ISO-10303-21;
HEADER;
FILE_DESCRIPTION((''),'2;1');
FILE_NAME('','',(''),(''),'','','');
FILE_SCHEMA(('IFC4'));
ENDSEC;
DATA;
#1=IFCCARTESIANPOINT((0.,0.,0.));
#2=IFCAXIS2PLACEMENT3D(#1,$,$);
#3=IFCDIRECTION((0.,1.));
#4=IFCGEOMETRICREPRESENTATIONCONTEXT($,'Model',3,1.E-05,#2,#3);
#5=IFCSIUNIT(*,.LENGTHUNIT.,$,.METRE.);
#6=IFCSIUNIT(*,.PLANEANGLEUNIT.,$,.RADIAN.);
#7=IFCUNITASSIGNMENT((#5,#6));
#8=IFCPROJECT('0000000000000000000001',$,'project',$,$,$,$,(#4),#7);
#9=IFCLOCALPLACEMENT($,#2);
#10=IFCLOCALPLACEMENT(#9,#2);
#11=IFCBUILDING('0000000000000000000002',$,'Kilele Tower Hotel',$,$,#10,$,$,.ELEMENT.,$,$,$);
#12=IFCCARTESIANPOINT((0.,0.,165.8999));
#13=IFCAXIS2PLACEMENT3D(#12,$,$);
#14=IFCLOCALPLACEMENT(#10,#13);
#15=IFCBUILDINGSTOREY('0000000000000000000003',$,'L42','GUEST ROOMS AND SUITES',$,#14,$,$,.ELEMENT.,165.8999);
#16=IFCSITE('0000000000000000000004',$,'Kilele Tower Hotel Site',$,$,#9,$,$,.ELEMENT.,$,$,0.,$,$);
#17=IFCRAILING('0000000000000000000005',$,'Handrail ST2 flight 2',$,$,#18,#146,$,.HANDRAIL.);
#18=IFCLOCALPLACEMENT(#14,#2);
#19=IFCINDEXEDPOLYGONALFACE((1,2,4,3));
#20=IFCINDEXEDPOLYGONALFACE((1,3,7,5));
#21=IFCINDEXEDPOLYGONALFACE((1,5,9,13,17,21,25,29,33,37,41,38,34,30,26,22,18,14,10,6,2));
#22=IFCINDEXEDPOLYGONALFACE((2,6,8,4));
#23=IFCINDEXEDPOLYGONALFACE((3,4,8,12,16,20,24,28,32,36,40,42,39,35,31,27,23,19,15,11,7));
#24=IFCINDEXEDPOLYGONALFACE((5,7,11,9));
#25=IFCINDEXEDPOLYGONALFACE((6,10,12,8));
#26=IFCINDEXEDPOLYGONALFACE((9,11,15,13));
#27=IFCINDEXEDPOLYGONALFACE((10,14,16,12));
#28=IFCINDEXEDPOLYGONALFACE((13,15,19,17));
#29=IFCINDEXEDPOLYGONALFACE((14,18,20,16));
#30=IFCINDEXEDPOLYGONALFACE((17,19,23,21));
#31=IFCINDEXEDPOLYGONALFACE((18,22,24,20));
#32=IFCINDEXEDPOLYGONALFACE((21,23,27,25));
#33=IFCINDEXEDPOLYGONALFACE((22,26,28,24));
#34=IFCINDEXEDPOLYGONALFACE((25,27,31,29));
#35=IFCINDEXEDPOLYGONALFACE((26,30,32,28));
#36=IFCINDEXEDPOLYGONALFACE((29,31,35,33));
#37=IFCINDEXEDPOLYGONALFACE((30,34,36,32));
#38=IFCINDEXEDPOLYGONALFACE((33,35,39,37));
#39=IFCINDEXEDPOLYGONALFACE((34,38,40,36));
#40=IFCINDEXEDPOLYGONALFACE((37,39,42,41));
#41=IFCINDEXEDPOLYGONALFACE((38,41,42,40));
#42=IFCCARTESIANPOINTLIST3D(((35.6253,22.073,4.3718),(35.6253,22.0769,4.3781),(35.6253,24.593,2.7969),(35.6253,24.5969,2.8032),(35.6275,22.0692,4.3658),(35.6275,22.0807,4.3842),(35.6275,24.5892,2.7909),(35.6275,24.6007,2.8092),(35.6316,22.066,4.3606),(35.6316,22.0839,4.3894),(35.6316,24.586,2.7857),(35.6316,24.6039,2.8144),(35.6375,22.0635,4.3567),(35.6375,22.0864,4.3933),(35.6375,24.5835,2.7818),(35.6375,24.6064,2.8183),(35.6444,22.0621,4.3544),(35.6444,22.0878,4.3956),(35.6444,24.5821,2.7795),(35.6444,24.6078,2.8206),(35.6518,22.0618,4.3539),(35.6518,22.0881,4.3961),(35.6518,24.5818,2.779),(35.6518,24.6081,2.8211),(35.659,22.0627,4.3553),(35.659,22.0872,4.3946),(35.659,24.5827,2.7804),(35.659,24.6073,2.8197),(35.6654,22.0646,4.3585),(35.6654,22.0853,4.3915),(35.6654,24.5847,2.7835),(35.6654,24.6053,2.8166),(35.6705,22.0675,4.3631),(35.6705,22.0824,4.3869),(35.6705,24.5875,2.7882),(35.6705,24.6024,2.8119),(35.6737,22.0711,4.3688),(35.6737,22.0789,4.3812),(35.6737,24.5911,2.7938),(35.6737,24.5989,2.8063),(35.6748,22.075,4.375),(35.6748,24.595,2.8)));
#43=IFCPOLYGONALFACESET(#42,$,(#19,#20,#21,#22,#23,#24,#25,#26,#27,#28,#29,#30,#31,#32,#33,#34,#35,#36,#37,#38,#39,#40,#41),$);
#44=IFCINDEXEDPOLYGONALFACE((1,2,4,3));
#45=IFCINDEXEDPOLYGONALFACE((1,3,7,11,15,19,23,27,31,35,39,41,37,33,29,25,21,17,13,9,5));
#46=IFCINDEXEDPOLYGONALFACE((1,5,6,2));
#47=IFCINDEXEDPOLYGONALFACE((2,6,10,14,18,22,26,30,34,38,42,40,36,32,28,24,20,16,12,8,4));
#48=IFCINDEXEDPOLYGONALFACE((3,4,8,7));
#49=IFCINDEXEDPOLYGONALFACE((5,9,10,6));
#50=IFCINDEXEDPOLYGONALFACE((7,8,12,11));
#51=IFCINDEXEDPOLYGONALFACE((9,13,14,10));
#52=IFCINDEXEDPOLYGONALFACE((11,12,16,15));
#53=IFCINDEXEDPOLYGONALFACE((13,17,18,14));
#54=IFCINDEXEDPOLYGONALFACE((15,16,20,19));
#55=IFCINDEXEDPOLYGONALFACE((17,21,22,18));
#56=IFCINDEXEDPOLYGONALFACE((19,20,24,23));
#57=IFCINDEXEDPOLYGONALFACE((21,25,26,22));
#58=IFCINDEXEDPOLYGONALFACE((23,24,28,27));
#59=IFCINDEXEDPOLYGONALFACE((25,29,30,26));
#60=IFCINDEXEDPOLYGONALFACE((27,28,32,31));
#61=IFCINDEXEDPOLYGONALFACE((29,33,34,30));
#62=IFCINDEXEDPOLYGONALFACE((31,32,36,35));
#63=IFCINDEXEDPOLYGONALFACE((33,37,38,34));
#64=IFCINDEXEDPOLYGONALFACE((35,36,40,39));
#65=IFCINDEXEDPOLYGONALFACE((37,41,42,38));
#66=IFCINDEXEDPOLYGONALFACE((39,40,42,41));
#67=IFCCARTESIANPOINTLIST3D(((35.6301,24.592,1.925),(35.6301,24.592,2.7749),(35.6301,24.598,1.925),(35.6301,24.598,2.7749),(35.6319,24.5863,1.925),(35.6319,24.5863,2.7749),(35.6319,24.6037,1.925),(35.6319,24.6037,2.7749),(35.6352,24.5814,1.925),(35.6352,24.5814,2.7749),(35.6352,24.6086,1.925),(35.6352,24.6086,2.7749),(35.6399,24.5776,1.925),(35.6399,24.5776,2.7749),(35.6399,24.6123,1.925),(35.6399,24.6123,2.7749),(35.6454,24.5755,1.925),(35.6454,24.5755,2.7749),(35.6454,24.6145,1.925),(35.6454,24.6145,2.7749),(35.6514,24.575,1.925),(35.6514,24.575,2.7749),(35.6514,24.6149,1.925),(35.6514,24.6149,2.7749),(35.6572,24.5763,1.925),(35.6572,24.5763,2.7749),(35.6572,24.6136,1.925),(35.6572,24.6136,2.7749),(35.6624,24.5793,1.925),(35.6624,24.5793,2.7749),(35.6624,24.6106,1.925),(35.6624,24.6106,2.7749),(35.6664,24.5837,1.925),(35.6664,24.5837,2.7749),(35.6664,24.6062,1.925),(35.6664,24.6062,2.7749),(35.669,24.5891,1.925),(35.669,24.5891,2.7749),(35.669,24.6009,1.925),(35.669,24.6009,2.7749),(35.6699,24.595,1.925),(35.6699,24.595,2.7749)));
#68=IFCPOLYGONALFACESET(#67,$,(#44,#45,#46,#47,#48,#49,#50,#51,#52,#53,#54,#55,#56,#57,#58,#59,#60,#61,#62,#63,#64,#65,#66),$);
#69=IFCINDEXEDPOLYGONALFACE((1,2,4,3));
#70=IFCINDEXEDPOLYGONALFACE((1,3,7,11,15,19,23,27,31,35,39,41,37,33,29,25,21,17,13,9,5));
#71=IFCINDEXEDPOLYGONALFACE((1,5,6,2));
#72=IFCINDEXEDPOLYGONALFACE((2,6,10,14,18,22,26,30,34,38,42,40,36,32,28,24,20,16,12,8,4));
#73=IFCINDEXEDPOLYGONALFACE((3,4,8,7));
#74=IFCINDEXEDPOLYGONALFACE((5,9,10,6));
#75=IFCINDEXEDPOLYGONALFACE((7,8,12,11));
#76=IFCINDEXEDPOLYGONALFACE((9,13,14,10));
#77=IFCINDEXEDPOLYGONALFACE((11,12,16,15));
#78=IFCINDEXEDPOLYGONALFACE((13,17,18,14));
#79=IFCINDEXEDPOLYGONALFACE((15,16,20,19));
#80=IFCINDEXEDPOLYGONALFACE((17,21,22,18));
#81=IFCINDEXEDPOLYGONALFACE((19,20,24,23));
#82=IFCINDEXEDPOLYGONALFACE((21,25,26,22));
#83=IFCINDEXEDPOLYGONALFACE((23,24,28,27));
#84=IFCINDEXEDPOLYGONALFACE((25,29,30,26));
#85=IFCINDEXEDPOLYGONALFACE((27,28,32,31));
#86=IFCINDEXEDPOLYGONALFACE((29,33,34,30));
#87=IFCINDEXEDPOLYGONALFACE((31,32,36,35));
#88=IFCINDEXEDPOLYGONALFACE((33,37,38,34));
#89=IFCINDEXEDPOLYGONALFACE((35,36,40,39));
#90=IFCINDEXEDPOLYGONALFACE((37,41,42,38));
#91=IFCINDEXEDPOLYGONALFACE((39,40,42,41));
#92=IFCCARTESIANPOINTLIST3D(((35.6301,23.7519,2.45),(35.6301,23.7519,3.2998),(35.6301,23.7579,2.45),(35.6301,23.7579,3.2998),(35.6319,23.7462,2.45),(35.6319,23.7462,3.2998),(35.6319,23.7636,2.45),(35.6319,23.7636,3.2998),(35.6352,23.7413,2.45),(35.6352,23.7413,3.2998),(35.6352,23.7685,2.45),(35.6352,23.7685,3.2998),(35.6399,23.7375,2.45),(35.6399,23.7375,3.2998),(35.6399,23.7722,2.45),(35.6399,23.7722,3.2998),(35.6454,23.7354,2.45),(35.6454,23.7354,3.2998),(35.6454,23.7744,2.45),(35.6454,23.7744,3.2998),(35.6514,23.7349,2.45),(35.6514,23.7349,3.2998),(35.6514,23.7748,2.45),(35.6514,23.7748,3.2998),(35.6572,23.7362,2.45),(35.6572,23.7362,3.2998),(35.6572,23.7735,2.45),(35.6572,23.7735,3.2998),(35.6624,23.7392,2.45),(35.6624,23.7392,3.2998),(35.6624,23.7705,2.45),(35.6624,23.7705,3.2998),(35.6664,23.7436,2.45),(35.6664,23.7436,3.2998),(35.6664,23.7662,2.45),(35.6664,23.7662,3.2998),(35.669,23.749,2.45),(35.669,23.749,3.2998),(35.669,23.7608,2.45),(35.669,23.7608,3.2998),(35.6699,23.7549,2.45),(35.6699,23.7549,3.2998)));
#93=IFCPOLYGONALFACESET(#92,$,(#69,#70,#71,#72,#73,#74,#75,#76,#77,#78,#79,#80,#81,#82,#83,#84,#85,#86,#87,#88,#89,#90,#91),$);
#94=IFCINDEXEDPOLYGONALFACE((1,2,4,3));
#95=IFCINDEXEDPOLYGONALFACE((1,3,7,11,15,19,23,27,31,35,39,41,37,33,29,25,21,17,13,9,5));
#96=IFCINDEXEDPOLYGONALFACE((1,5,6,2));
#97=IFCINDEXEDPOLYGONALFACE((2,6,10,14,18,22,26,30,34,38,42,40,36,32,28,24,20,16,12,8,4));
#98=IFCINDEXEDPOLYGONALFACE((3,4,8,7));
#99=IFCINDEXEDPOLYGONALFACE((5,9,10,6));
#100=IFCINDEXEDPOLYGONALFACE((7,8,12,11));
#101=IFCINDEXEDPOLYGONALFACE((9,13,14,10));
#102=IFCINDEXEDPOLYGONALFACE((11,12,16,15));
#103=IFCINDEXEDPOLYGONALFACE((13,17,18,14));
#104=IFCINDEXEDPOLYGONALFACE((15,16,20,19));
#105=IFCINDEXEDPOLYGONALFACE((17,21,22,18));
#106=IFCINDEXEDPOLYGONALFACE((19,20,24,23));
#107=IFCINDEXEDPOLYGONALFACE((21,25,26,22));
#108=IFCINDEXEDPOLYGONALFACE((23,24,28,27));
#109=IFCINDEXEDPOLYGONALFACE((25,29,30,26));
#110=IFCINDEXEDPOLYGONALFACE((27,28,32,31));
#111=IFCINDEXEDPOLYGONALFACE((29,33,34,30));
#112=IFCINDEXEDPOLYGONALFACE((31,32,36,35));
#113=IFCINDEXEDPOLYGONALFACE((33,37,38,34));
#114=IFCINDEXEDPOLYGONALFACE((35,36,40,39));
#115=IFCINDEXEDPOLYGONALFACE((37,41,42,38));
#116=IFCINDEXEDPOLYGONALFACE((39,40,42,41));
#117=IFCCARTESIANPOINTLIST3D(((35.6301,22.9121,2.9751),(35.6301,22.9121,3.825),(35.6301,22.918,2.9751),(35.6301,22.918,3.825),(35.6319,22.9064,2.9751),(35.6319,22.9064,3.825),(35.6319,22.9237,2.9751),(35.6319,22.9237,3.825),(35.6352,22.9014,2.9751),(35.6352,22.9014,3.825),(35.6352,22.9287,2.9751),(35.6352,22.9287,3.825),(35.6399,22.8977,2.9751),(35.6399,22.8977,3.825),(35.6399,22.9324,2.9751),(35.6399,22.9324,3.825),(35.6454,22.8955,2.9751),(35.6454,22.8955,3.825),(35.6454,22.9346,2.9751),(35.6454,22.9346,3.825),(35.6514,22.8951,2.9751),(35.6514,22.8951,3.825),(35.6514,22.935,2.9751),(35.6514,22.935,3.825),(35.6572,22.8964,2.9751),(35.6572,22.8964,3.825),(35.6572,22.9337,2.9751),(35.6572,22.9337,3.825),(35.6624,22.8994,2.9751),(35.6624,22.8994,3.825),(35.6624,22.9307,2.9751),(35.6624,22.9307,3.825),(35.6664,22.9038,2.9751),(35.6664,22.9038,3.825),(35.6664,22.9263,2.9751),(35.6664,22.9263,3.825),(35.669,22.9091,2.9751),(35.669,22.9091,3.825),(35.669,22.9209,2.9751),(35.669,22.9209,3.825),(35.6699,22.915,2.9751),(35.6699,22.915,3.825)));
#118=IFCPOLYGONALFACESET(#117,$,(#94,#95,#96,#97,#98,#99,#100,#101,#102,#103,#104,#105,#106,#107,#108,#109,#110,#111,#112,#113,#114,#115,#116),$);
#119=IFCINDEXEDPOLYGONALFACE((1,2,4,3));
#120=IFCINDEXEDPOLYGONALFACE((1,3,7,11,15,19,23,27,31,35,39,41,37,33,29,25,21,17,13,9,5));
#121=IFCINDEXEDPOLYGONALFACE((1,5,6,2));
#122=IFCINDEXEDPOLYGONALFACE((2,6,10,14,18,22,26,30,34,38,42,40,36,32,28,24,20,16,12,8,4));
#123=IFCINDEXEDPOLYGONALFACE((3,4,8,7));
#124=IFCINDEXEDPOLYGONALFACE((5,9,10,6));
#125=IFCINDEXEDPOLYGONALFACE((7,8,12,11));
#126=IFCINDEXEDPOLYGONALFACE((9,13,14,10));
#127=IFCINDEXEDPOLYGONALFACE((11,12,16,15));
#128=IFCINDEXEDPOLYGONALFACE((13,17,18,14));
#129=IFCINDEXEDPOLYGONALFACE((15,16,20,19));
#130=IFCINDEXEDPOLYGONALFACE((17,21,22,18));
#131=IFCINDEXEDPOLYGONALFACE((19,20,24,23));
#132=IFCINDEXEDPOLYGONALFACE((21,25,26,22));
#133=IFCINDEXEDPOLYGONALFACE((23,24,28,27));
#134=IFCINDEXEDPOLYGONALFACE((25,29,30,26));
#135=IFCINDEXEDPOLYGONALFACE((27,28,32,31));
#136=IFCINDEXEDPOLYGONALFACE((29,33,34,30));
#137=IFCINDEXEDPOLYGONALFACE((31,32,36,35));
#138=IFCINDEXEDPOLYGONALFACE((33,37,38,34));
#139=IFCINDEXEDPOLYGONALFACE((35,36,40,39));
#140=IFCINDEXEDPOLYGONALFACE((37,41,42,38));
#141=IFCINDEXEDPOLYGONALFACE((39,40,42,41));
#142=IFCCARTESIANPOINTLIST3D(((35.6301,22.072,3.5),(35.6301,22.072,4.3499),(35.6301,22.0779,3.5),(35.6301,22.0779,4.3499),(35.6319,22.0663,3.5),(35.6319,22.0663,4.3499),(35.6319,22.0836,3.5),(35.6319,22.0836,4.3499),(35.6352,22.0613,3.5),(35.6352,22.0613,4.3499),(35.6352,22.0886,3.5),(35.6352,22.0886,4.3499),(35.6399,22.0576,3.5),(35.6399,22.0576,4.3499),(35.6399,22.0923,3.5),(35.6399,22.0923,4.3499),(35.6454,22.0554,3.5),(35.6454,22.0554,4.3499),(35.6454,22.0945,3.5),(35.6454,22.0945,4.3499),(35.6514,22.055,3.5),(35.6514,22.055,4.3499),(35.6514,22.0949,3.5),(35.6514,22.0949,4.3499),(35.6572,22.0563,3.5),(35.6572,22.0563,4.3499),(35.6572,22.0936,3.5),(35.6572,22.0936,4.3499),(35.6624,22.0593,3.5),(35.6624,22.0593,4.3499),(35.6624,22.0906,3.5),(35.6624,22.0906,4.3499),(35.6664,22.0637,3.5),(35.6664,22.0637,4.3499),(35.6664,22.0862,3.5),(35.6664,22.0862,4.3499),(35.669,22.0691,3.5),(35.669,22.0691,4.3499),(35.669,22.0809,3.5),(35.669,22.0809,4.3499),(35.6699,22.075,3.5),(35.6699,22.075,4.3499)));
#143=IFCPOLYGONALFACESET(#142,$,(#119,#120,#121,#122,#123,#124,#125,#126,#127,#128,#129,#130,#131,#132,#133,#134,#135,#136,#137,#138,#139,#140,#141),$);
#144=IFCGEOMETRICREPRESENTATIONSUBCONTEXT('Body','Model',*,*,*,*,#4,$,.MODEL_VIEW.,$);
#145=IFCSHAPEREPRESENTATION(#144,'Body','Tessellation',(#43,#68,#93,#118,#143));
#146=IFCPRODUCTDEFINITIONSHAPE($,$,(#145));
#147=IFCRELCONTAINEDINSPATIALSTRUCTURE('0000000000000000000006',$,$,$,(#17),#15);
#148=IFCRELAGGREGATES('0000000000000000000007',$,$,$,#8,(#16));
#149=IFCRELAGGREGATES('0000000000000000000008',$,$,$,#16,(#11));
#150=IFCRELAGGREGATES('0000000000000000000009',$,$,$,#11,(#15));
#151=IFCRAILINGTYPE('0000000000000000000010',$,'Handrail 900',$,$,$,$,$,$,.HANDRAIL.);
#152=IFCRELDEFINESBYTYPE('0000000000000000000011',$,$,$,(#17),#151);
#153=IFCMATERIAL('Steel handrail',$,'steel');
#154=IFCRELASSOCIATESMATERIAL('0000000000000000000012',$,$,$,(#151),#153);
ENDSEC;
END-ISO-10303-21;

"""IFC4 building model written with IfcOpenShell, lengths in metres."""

from ifc_helpers import new_model, si_unit, direction, frame, origin, origin_2d, place, context, subcontext, project, spatial, circle, extrude, material, type_object, element, save


model = new_model("IFC4")

# Units and contexts
model_context = context("Model", 3, precision=1e-05, world=origin(), true_north=direction((0.0, 1.0)))
body_context = subcontext(model_context, "Body", "Model", "MODEL_VIEW")
ifc_project = project(units=[si_unit("LENGTHUNIT", "METRE"), si_unit("PLANEANGLEUNIT", "RADIAN")], contexts=[model_context])

# Site, building, storey
site_placement = place(None, origin())
site = spatial("IfcSite", under=ifc_project, at=site_placement, Name="Kilele Tower Hotel Site", CompositionType="ELEMENT", RefElevation=0.0)
building_placement = place(site_placement, origin())
building = spatial("IfcBuilding", under=site, at=building_placement, Name="Kilele Tower Hotel", CompositionType="ELEMENT")
storey_placement = place(building_placement, frame((0.0, 0.0, 165.8999)))
storey = spatial("IfcBuildingStorey", under=building, at=storey_placement, Name="L42", Description="GUEST ROOMS AND SUITES", CompositionType="ELEMENT", Elevation=165.8999)

# Railing
ifc_material_1 = material(Name="Steel handrail", Category="steel")
railing_type = type_object("IfcRailingType", Name="Handrail 900", PredefinedType="HANDRAIL", material=ifc_material_1)
railing_placement = place(storey_placement, frame((35.6499, 24.595, 1.925)))
element("IfcRailing", 1, at=railing_placement, inside=storey, type_object=railing_type, Name="Handrail ST2 flight 2", PredefinedType="HANDRAIL", context=body_context, shape_type="SweptSolid", body=[
    extrude(circle(Radius=0.0249, at=origin_2d()), frame((0.0, 0.0, 0.875), z_axis=(0.0, -0.848008, 0.529984), x_axis=(1.0, 0.0, 0.0)), (0.0, 0.0, 1.0), 2.9717),
    extrude(circle(Radius=0.02, at=origin_2d()), origin(), (0.0, 0.0, 1.0), 0.8499),
    extrude(circle(Radius=0.02, at=origin_2d()), frame((0.0, -0.8401, 0.5249)), (0.0, 0.0, 1.0), 0.8499),
    extrude(circle(Radius=0.02, at=origin_2d()), frame((0.0, -1.6799, 1.05)), (0.0, 0.0, 1.0), 0.8499),
    extrude(circle(Radius=0.02, at=origin_2d()), frame((0.0, -2.52, 1.575)), (0.0, 0.0, 1.0), 0.8499),
])

save(model, "model.ifc")
